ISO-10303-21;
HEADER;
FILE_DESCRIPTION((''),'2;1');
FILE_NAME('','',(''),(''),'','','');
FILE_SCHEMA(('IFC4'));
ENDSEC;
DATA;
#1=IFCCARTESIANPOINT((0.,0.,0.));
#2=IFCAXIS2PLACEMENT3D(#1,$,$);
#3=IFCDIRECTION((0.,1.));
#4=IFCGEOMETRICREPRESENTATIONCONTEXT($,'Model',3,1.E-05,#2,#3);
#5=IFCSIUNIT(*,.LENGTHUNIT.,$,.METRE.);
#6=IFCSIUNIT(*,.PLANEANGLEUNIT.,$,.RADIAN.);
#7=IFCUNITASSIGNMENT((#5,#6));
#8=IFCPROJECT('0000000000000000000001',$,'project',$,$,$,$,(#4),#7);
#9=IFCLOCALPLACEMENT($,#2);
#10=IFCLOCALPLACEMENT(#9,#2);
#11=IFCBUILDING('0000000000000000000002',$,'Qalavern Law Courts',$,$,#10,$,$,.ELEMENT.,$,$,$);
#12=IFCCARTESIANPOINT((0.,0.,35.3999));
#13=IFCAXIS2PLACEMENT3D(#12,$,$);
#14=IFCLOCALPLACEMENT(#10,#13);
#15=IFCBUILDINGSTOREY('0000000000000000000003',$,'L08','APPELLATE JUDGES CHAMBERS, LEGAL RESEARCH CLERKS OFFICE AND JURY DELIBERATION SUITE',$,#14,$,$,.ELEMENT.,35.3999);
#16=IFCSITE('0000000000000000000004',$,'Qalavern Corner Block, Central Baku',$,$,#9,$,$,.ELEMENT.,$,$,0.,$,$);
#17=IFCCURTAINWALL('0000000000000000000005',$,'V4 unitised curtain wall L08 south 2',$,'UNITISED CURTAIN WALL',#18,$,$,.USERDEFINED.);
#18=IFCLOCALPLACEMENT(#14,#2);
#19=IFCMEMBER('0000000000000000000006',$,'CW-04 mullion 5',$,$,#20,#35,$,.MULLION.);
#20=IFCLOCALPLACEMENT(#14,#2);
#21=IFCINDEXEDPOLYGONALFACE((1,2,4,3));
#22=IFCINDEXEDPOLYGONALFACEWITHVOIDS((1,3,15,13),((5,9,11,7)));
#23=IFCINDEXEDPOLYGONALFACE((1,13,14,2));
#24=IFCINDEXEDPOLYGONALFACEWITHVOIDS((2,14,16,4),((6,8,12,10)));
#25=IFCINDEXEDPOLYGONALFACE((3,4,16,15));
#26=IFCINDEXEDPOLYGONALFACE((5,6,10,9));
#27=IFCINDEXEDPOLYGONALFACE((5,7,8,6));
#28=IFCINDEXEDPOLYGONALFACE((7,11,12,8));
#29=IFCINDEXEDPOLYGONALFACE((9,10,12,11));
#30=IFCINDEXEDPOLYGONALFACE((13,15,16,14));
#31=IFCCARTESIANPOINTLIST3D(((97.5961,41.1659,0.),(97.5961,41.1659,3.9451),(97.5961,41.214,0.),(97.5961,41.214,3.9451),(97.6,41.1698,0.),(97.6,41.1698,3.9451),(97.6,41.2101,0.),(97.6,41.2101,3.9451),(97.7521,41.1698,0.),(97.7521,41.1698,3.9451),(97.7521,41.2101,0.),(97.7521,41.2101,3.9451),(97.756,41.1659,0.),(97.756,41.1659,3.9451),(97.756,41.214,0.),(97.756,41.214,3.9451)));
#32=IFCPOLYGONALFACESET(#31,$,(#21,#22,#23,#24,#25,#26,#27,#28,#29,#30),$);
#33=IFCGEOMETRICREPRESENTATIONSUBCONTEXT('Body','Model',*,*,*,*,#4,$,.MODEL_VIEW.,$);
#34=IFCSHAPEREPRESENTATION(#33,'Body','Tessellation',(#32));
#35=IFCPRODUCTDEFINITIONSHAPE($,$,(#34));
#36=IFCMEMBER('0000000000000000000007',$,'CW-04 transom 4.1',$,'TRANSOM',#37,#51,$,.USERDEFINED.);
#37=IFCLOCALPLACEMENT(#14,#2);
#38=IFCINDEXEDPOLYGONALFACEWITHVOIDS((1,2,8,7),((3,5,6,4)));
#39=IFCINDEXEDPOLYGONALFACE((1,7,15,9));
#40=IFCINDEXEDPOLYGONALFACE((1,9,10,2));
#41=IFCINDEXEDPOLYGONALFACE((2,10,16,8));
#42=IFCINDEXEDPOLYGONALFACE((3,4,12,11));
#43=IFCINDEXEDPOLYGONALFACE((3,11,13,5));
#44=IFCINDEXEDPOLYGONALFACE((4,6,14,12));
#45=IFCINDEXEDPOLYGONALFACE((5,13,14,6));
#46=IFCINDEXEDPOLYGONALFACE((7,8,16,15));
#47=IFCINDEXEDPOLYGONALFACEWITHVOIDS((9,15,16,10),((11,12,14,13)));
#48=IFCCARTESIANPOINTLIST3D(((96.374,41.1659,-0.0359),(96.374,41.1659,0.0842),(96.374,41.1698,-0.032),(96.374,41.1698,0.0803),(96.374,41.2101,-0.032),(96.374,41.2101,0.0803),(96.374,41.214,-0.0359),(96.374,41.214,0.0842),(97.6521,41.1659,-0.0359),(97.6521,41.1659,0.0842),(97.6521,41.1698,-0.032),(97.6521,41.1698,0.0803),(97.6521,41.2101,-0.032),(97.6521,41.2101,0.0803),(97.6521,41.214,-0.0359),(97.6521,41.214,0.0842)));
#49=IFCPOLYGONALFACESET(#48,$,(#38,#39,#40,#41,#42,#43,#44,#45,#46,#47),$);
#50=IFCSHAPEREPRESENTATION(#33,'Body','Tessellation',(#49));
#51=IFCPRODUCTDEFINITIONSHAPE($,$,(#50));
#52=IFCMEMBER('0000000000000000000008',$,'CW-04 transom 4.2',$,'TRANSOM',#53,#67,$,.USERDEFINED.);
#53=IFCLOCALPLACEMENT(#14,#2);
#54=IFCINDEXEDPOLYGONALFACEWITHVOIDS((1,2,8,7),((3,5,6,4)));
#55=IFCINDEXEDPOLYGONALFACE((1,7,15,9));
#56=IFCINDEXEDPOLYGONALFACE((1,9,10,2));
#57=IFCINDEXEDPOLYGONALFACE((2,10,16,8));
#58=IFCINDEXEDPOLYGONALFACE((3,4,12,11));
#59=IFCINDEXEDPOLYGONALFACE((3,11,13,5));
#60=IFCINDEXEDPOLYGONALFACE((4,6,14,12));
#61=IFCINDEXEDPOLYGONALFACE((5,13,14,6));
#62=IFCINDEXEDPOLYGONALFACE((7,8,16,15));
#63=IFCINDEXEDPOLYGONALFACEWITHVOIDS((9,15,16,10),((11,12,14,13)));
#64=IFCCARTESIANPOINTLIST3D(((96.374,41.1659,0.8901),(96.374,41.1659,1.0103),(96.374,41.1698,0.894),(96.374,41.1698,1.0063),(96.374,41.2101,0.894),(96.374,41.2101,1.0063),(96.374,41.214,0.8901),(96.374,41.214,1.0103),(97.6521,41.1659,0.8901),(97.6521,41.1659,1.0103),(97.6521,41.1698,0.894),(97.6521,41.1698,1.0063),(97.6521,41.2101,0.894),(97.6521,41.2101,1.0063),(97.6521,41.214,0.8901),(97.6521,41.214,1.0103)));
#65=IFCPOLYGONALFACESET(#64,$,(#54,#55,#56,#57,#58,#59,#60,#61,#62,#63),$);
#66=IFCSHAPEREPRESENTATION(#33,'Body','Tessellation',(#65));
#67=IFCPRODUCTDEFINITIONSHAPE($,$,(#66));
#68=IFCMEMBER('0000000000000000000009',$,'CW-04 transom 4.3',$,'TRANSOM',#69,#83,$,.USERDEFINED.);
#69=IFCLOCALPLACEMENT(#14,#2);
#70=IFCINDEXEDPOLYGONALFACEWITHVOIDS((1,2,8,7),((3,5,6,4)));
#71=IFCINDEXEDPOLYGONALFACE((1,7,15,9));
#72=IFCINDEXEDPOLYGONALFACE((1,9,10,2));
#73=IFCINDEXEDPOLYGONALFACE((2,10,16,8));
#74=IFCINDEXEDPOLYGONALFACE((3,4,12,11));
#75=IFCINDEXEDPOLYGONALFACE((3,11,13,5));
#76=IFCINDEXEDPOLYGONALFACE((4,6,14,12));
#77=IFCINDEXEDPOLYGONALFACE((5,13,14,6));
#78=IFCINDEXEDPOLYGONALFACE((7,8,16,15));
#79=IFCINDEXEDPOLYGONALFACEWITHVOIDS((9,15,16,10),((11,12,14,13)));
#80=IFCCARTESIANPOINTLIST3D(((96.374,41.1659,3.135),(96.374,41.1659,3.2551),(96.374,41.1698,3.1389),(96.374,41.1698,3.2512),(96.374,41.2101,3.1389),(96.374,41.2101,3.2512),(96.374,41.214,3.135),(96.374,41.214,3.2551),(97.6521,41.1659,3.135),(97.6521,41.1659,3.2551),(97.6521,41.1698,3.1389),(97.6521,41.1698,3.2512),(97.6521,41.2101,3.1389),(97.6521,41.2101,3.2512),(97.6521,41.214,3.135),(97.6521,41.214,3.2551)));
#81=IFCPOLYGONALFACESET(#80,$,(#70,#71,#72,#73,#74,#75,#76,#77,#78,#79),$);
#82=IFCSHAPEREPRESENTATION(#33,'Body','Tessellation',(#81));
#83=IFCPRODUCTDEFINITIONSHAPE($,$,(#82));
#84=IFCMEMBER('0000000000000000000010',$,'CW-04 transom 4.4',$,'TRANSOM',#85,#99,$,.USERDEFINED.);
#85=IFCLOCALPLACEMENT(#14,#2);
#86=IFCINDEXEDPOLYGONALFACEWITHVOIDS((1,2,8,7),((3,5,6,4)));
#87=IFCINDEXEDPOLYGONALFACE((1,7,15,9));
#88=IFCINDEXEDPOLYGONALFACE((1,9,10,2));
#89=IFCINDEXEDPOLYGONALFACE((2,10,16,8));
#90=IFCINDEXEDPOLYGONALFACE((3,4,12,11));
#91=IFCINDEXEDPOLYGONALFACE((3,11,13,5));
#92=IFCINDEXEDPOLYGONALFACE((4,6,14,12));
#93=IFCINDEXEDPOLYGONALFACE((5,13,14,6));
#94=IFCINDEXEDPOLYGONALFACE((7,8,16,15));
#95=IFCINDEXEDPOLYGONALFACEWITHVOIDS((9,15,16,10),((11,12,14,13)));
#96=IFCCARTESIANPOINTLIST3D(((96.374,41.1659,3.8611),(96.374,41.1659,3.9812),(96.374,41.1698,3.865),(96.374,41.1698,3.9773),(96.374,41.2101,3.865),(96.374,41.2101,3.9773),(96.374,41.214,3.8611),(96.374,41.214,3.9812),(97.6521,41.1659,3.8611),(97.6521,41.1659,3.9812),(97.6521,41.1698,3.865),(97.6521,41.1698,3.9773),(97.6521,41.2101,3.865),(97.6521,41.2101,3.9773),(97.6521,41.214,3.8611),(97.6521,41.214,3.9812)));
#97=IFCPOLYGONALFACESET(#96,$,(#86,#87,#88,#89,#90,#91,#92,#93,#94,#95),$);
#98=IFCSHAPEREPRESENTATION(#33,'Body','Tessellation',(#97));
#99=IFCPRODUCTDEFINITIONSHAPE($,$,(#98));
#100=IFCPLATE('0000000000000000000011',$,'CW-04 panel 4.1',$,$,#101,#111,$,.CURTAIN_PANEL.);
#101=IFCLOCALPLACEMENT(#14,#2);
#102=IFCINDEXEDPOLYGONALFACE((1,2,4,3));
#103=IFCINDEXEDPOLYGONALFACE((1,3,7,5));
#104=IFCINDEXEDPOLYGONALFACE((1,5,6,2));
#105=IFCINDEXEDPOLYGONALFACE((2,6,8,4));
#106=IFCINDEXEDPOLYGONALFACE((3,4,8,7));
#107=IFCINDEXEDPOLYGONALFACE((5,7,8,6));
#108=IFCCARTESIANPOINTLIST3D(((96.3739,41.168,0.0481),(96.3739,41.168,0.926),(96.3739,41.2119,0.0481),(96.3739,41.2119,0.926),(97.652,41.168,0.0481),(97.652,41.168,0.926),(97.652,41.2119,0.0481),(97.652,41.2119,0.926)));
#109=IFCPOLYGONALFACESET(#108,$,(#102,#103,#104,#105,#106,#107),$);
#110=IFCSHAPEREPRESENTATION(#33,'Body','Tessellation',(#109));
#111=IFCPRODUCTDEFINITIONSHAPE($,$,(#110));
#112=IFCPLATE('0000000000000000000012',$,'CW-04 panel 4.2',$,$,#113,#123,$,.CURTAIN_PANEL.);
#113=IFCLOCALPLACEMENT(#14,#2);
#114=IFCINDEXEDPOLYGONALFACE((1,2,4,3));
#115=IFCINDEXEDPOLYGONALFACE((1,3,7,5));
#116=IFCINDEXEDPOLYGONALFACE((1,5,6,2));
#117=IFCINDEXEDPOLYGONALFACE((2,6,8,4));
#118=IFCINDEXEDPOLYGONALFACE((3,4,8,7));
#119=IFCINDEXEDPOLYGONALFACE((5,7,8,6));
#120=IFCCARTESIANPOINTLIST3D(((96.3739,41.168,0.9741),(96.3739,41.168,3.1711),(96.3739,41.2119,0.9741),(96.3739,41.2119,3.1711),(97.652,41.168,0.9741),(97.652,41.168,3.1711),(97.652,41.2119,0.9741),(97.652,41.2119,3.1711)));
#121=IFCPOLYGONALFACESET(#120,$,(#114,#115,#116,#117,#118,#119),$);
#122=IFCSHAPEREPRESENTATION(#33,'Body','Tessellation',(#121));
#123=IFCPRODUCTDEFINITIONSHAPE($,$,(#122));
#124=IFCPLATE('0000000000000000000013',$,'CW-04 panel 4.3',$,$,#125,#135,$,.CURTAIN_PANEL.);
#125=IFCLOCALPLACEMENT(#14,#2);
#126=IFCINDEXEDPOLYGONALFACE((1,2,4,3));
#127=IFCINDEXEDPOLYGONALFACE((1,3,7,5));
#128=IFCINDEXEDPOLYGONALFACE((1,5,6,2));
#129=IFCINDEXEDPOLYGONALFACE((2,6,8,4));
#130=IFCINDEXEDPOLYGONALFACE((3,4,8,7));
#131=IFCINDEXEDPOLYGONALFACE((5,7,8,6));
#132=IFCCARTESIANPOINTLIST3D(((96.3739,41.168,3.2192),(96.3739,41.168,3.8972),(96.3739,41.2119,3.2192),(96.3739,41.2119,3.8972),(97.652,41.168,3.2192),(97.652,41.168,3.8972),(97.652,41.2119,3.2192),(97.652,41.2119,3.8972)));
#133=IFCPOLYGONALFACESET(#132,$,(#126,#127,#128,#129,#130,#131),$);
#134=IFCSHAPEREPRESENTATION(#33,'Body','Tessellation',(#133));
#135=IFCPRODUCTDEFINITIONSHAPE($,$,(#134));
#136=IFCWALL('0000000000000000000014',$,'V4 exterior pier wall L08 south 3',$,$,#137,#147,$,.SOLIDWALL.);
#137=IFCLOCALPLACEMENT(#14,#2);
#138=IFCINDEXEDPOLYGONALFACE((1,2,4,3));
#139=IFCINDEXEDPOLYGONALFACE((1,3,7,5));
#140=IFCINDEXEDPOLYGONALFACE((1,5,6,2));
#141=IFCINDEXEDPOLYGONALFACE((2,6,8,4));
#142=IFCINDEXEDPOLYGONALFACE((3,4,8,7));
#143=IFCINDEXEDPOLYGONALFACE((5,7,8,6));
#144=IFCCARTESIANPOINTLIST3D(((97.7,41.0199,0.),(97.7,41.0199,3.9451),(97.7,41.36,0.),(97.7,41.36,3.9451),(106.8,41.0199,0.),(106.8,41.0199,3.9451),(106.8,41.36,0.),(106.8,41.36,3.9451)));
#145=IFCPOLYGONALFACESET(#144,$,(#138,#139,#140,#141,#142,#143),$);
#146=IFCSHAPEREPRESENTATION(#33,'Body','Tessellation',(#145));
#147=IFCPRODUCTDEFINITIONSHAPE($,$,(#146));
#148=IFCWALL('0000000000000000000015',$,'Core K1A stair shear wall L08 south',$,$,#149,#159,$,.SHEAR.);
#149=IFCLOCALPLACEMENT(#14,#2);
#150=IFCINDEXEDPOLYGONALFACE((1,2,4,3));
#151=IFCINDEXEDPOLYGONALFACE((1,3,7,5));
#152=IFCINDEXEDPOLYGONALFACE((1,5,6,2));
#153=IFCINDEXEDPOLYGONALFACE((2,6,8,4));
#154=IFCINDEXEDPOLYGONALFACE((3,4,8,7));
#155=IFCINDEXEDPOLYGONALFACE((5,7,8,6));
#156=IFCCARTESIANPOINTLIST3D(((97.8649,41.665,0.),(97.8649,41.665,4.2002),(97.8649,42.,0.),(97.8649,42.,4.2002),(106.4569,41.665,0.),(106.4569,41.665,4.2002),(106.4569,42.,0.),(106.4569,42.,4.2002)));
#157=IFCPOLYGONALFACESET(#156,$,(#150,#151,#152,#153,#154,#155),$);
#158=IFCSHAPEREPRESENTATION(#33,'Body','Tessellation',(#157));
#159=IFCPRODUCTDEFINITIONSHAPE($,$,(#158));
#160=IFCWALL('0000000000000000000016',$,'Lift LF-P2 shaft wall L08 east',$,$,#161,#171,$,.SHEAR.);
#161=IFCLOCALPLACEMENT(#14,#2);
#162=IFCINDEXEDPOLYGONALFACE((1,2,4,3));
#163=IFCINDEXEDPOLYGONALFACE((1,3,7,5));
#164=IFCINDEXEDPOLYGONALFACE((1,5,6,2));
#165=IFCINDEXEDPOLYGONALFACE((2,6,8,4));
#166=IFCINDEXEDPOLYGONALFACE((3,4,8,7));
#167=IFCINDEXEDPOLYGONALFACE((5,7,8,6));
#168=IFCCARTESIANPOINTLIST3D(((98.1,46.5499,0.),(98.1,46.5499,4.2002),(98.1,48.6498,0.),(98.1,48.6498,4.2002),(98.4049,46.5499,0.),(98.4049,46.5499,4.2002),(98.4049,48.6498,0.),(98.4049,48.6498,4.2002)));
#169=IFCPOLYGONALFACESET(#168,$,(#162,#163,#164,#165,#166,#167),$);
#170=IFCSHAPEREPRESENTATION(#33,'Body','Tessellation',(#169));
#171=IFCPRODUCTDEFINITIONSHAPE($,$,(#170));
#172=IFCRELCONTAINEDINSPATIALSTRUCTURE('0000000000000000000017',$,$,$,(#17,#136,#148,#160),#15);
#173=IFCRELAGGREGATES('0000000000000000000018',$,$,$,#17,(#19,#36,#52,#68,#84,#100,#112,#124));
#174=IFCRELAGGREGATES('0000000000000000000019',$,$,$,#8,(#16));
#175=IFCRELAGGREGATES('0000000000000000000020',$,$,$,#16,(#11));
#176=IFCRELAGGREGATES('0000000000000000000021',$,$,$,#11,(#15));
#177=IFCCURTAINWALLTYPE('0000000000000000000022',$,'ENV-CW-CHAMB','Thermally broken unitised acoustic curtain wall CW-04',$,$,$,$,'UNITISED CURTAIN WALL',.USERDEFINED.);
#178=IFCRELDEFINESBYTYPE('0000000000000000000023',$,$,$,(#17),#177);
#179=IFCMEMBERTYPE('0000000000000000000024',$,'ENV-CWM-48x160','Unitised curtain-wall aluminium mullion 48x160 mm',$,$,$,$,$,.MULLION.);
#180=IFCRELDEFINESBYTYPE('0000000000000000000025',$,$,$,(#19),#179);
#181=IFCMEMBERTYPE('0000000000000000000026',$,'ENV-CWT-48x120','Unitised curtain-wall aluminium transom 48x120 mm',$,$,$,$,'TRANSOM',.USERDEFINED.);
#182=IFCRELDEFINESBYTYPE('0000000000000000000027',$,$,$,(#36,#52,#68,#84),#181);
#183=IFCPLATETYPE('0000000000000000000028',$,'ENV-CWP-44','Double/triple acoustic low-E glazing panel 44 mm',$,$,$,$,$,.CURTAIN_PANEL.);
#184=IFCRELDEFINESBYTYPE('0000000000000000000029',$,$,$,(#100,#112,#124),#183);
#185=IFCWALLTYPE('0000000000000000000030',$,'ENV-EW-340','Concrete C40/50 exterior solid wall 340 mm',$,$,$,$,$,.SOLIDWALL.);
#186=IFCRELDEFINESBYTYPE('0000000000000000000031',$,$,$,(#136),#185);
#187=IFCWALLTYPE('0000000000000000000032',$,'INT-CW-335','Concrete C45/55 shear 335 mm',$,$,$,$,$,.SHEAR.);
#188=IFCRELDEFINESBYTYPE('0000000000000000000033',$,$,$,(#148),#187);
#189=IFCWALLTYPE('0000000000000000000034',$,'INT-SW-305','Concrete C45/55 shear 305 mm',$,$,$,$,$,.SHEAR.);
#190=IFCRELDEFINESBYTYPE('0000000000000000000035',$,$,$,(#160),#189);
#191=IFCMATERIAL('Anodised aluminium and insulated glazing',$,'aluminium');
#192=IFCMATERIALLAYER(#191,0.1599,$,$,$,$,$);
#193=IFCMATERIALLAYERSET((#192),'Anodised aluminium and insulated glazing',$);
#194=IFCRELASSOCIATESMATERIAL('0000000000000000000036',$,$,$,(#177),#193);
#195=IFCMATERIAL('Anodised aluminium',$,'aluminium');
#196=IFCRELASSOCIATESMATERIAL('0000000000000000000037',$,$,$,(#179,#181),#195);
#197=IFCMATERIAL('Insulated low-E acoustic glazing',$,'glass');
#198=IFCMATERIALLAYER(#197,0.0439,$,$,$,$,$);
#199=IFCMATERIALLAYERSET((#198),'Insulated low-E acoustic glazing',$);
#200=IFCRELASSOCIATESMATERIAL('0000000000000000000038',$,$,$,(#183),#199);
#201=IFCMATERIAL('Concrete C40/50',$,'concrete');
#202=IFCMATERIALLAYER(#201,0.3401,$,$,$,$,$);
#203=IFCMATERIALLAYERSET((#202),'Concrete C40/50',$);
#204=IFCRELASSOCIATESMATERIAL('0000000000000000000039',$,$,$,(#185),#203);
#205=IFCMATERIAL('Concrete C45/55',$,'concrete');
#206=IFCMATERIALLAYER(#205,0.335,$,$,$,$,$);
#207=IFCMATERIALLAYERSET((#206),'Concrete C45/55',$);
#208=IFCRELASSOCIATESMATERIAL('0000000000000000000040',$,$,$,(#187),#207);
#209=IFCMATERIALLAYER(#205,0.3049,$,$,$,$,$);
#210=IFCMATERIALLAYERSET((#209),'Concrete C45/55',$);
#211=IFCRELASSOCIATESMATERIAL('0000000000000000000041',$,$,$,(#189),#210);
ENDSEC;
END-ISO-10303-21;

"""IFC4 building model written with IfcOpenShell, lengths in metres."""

from ifc_helpers import new_model, si_unit, direction, frame, frame_2d, origin, origin_2d, place, context, subcontext, project, spatial, rectangle, hollow_rectangle, extrude, material, layer, layer_set, material_profile, profile_set, type_object, element, aggregate, save


model = new_model("IFC4")

# Units and contexts
model_context = context("Model", 3, precision=1e-05, world=origin(), true_north=direction((0.0, 1.0)))
body_context = subcontext(model_context, "Body", "Model", "MODEL_VIEW")
ifc_project = project(units=[si_unit("LENGTHUNIT", "METRE"), si_unit("PLANEANGLEUNIT", "RADIAN")], contexts=[model_context])

# Site, building, storey
site_placement = place(None, origin())
site = spatial("IfcSite", under=ifc_project, at=site_placement, Name="Qalavern Corner Block, Central Baku", CompositionType="ELEMENT", RefElevation=0.0)
building_placement = place(site_placement, origin())
building = spatial("IfcBuilding", under=site, at=building_placement, Name="Qalavern Law Courts", CompositionType="ELEMENT")
storey_placement = place(building_placement, frame((0.0, 0.0, 35.3999)))
storey = spatial("IfcBuildingStorey", under=building, at=storey_placement, Name="L08", Description="APPELLATE JUDGES CHAMBERS, LEGAL RESEARCH CLERKS OFFICE AND JURY DELIBERATION SUITE", CompositionType="ELEMENT", Elevation=35.3999)

# Curtain wall, members, plates
ifc_material_1 = material(Name="Anodised aluminium and insulated glazing", Category="aluminium")
ifc_layer_1 = layer(ifc_material_1, 0.1599)
ifc_layer_set_1 = layer_set([ifc_layer_1], Name="Anodised aluminium and insulated glazing")
curtain_wall_type = type_object("IfcCurtainWallType", Name="ENV-CW-CHAMB", Description="Thermally broken unitised acoustic curtain wall CW-04", ElementType="UNITISED CURTAIN WALL", PredefinedType="USERDEFINED", material=ifc_layer_set_1)
curtain_wall_placement = place(storey_placement, origin())
curtain_wall = element("IfcCurtainWall", 1, at=curtain_wall_placement, inside=storey, type_object=curtain_wall_type, Name="V4 unitised curtain wall L08 south 2", ObjectType="UNITISED CURTAIN WALL", PredefinedType="USERDEFINED")
ifc_material_2 = material(Name="Anodised aluminium", Category="aluminium")
ifc_material_profile_1 = material_profile(ifc_material_2, hollow_rectangle(XDim=0.0481, YDim=0.1599, WallThickness=0.0039, at=origin_2d()), Name="ALU MULLION 48x160")
ifc_profile_set_1 = profile_set([ifc_material_profile_1], Name="Anodised aluminium")
member_type_1 = type_object("IfcMemberType", Name="ENV-CWM-48x160", Description="Unitised curtain-wall aluminium mullion 48x160 mm", PredefinedType="MULLION", material=ifc_profile_set_1)
member_1_placement = place(storey_placement, frame((97.676, 41.1899, 0.0), z_axis=(0.0, 0.0, 1.0), x_axis=(0.0, 1.0, 0.0)))
member_1 = element("IfcMember", 2, at=member_1_placement, type_object=member_type_1, Name="CW-04 mullion 5", PredefinedType="MULLION", context=body_context, shape_type="SweptSolid", body=[
    extrude(hollow_rectangle(XDim=0.0481, YDim=0.1599, WallThickness=0.0039, at=origin_2d()), origin(), (0.0, 0.0, 1.0), 3.9451),
])
ifc_material_profile_2 = material_profile(ifc_material_2, hollow_rectangle(XDim=0.0481, YDim=0.1201, WallThickness=0.0039, at=origin_2d()), Name="ALU TRANSOM 48x120")
ifc_profile_set_2 = profile_set([ifc_material_profile_2], Name="Anodised aluminium")
member_type_2 = type_object("IfcMemberType", Name="ENV-CWT-48x120", Description="Unitised curtain-wall aluminium transom 48x120 mm", ElementType="TRANSOM", PredefinedType="USERDEFINED", material=ifc_profile_set_2)
member_2_placement = place(storey_placement, frame((96.374, 41.1899, 0.0242), z_axis=(1.0, 0.0, 0.0), x_axis=(0.0, 1.0, 0.0)))
member_2 = element("IfcMember", 3, at=member_2_placement, type_object=member_type_2, Name="CW-04 transom 4.1", ObjectType="TRANSOM", PredefinedType="USERDEFINED", context=body_context, shape_type="SweptSolid", body=[
    extrude(hollow_rectangle(XDim=0.0481, YDim=0.1201, WallThickness=0.0039, at=origin_2d()), origin(), (0.0, 0.0, 1.0), 1.2781),
])
member_3_placement = place(storey_placement, frame((96.374, 41.1899, 0.9502), z_axis=(1.0, 0.0, 0.0), x_axis=(0.0, 1.0, 0.0)))
member_3 = element("IfcMember", 4, at=member_3_placement, type_object=member_type_2, Name="CW-04 transom 4.2", ObjectType="TRANSOM", PredefinedType="USERDEFINED", context=body_context, shape_type="SweptSolid", body=[
    extrude(hollow_rectangle(XDim=0.0481, YDim=0.1201, WallThickness=0.0039, at=origin_2d()), origin(), (0.0, 0.0, 1.0), 1.2781),
])
member_4_placement = place(storey_placement, frame((96.374, 41.1899, 3.1951), z_axis=(1.0, 0.0, 0.0), x_axis=(0.0, 1.0, 0.0)))
member_4 = element("IfcMember", 5, at=member_4_placement, type_object=member_type_2, Name="CW-04 transom 4.3", ObjectType="TRANSOM", PredefinedType="USERDEFINED", context=body_context, shape_type="SweptSolid", body=[
    extrude(hollow_rectangle(XDim=0.0481, YDim=0.1201, WallThickness=0.0039, at=origin_2d()), origin(), (0.0, 0.0, 1.0), 1.2781),
])
member_5_placement = place(storey_placement, frame((96.374, 41.1899, 3.9211), z_axis=(1.0, 0.0, 0.0), x_axis=(0.0, 1.0, 0.0)))
member_5 = element("IfcMember", 6, at=member_5_placement, type_object=member_type_2, Name="CW-04 transom 4.4", ObjectType="TRANSOM", PredefinedType="USERDEFINED", context=body_context, shape_type="SweptSolid", body=[
    extrude(hollow_rectangle(XDim=0.0481, YDim=0.1201, WallThickness=0.0039, at=origin_2d()), origin(), (0.0, 0.0, 1.0), 1.2781),
])
ifc_material_3 = material(Name="Insulated low-E acoustic glazing", Category="glass")
ifc_layer_2 = layer(ifc_material_3, 0.0439)
ifc_layer_set_2 = layer_set([ifc_layer_2], Name="Insulated low-E acoustic glazing")
plate_type = type_object("IfcPlateType", Name="ENV-CWP-44", Description="Double/triple acoustic low-E glazing panel 44 mm", PredefinedType="CURTAIN_PANEL", material=ifc_layer_set_2)
plate_1_placement = place(storey_placement, frame((97.0129, 41.1899, 0.0481), z_axis=(0.0, 0.0, 1.0), x_axis=(1.0, 0.0, 0.0)))
plate_1 = element("IfcPlate", 7, at=plate_1_placement, type_object=plate_type, Name="CW-04 panel 4.1", PredefinedType="CURTAIN_PANEL", context=body_context, shape_type="SweptSolid", body=[
    extrude(rectangle(XDim=1.2781, YDim=0.0439, at=origin_2d()), origin(), (0.0, 0.0, 1.0), 0.8779),
])
plate_2_placement = place(storey_placement, frame((97.0129, 41.1899, 0.9741), z_axis=(0.0, 0.0, 1.0), x_axis=(1.0, 0.0, 0.0)))
plate_2 = element("IfcPlate", 8, at=plate_2_placement, type_object=plate_type, Name="CW-04 panel 4.2", PredefinedType="CURTAIN_PANEL", context=body_context, shape_type="SweptSolid", body=[
    extrude(rectangle(XDim=1.2781, YDim=0.0439, at=origin_2d()), origin(), (0.0, 0.0, 1.0), 2.197),
])
plate_3_placement = place(storey_placement, frame((97.0129, 41.1899, 3.2192), z_axis=(0.0, 0.0, 1.0), x_axis=(1.0, 0.0, 0.0)))
plate_3 = element("IfcPlate", 9, at=plate_3_placement, type_object=plate_type, Name="CW-04 panel 4.3", PredefinedType="CURTAIN_PANEL", context=body_context, shape_type="SweptSolid", body=[
    extrude(rectangle(XDim=1.2781, YDim=0.0439, at=origin_2d()), origin(), (0.0, 0.0, 1.0), 0.678),
])
aggregate(curtain_wall, [member_1, member_2, member_3, member_4, member_5, plate_1, plate_2, plate_3])

# Walls
ifc_material_4 = material(Name="Concrete C40/50", Category="concrete")
ifc_layer_3 = layer(ifc_material_4, 0.3401)
ifc_layer_set_3 = layer_set([ifc_layer_3], Name="Concrete C40/50")
wall_type_1 = type_object("IfcWallType", Name="ENV-EW-340", Description="Concrete C40/50 exterior solid wall 340 mm", PredefinedType="SOLIDWALL", material=ifc_layer_set_3)
wall_1_placement = place(storey_placement, frame((97.7, 41.1899, 0.0), z_axis=(0.0, 0.0, 1.0), x_axis=(1.0, 0.0, 0.0)))
element("IfcWall", 10, at=wall_1_placement, inside=storey, type_object=wall_type_1, Name="V4 exterior pier wall L08 south 3", PredefinedType="SOLIDWALL", context=body_context, shape_type="SweptSolid", body=[
    extrude(rectangle(XDim=9.1001, YDim=0.3401, at=frame_2d((4.55, 0.0))), origin(), (0.0, 0.0, 1.0), 3.9451),
])
ifc_material_5 = material(Name="Concrete C45/55", Category="concrete")
ifc_layer_4 = layer(ifc_material_5, 0.335)
ifc_layer_set_4 = layer_set([ifc_layer_4], Name="Concrete C45/55")
wall_type_2 = type_object("IfcWallType", Name="INT-CW-335", Description="Concrete C45/55 shear 335 mm", PredefinedType="SHEAR", material=ifc_layer_set_4)
wall_2_placement = place(storey_placement, frame((97.865, 41.8325, 0.0), z_axis=(0.0, 0.0, 1.0), x_axis=(1.0, 0.0, 0.0)))
element("IfcWall", 11, at=wall_2_placement, inside=storey, type_object=wall_type_2, Name="Core K1A stair shear wall L08 south", PredefinedType="SHEAR", context=body_context, shape_type="SweptSolid", body=[
    extrude(rectangle(XDim=8.592, YDim=0.335, at=frame_2d((4.2959, 0.0))), origin(), (0.0, 0.0, 1.0), 4.2002),
])

# Wall
ifc_layer_5 = layer(ifc_material_5, 0.3049)
ifc_layer_set_5 = layer_set([ifc_layer_5], Name="Concrete C45/55")
wall_type_3 = type_object("IfcWallType", Name="INT-SW-305", Description="Concrete C45/55 shear 305 mm", PredefinedType="SHEAR", material=ifc_layer_set_5)
wall_3_placement = place(storey_placement, frame((98.2524, 46.55, 0.0), z_axis=(0.0, 0.0, 1.0), x_axis=(0.0, 1.0, 0.0)))
element("IfcWall", 12, at=wall_3_placement, inside=storey, type_object=wall_type_3, Name="Lift LF-P2 shaft wall L08 east", PredefinedType="SHEAR", context=body_context, shape_type="SweptSolid", body=[
    extrude(rectangle(XDim=2.0999, YDim=0.3049, at=frame_2d((1.0498, 0.0))), origin(), (0.0, 0.0, 1.0), 4.2002),
])

save(model, "model.ifc")
